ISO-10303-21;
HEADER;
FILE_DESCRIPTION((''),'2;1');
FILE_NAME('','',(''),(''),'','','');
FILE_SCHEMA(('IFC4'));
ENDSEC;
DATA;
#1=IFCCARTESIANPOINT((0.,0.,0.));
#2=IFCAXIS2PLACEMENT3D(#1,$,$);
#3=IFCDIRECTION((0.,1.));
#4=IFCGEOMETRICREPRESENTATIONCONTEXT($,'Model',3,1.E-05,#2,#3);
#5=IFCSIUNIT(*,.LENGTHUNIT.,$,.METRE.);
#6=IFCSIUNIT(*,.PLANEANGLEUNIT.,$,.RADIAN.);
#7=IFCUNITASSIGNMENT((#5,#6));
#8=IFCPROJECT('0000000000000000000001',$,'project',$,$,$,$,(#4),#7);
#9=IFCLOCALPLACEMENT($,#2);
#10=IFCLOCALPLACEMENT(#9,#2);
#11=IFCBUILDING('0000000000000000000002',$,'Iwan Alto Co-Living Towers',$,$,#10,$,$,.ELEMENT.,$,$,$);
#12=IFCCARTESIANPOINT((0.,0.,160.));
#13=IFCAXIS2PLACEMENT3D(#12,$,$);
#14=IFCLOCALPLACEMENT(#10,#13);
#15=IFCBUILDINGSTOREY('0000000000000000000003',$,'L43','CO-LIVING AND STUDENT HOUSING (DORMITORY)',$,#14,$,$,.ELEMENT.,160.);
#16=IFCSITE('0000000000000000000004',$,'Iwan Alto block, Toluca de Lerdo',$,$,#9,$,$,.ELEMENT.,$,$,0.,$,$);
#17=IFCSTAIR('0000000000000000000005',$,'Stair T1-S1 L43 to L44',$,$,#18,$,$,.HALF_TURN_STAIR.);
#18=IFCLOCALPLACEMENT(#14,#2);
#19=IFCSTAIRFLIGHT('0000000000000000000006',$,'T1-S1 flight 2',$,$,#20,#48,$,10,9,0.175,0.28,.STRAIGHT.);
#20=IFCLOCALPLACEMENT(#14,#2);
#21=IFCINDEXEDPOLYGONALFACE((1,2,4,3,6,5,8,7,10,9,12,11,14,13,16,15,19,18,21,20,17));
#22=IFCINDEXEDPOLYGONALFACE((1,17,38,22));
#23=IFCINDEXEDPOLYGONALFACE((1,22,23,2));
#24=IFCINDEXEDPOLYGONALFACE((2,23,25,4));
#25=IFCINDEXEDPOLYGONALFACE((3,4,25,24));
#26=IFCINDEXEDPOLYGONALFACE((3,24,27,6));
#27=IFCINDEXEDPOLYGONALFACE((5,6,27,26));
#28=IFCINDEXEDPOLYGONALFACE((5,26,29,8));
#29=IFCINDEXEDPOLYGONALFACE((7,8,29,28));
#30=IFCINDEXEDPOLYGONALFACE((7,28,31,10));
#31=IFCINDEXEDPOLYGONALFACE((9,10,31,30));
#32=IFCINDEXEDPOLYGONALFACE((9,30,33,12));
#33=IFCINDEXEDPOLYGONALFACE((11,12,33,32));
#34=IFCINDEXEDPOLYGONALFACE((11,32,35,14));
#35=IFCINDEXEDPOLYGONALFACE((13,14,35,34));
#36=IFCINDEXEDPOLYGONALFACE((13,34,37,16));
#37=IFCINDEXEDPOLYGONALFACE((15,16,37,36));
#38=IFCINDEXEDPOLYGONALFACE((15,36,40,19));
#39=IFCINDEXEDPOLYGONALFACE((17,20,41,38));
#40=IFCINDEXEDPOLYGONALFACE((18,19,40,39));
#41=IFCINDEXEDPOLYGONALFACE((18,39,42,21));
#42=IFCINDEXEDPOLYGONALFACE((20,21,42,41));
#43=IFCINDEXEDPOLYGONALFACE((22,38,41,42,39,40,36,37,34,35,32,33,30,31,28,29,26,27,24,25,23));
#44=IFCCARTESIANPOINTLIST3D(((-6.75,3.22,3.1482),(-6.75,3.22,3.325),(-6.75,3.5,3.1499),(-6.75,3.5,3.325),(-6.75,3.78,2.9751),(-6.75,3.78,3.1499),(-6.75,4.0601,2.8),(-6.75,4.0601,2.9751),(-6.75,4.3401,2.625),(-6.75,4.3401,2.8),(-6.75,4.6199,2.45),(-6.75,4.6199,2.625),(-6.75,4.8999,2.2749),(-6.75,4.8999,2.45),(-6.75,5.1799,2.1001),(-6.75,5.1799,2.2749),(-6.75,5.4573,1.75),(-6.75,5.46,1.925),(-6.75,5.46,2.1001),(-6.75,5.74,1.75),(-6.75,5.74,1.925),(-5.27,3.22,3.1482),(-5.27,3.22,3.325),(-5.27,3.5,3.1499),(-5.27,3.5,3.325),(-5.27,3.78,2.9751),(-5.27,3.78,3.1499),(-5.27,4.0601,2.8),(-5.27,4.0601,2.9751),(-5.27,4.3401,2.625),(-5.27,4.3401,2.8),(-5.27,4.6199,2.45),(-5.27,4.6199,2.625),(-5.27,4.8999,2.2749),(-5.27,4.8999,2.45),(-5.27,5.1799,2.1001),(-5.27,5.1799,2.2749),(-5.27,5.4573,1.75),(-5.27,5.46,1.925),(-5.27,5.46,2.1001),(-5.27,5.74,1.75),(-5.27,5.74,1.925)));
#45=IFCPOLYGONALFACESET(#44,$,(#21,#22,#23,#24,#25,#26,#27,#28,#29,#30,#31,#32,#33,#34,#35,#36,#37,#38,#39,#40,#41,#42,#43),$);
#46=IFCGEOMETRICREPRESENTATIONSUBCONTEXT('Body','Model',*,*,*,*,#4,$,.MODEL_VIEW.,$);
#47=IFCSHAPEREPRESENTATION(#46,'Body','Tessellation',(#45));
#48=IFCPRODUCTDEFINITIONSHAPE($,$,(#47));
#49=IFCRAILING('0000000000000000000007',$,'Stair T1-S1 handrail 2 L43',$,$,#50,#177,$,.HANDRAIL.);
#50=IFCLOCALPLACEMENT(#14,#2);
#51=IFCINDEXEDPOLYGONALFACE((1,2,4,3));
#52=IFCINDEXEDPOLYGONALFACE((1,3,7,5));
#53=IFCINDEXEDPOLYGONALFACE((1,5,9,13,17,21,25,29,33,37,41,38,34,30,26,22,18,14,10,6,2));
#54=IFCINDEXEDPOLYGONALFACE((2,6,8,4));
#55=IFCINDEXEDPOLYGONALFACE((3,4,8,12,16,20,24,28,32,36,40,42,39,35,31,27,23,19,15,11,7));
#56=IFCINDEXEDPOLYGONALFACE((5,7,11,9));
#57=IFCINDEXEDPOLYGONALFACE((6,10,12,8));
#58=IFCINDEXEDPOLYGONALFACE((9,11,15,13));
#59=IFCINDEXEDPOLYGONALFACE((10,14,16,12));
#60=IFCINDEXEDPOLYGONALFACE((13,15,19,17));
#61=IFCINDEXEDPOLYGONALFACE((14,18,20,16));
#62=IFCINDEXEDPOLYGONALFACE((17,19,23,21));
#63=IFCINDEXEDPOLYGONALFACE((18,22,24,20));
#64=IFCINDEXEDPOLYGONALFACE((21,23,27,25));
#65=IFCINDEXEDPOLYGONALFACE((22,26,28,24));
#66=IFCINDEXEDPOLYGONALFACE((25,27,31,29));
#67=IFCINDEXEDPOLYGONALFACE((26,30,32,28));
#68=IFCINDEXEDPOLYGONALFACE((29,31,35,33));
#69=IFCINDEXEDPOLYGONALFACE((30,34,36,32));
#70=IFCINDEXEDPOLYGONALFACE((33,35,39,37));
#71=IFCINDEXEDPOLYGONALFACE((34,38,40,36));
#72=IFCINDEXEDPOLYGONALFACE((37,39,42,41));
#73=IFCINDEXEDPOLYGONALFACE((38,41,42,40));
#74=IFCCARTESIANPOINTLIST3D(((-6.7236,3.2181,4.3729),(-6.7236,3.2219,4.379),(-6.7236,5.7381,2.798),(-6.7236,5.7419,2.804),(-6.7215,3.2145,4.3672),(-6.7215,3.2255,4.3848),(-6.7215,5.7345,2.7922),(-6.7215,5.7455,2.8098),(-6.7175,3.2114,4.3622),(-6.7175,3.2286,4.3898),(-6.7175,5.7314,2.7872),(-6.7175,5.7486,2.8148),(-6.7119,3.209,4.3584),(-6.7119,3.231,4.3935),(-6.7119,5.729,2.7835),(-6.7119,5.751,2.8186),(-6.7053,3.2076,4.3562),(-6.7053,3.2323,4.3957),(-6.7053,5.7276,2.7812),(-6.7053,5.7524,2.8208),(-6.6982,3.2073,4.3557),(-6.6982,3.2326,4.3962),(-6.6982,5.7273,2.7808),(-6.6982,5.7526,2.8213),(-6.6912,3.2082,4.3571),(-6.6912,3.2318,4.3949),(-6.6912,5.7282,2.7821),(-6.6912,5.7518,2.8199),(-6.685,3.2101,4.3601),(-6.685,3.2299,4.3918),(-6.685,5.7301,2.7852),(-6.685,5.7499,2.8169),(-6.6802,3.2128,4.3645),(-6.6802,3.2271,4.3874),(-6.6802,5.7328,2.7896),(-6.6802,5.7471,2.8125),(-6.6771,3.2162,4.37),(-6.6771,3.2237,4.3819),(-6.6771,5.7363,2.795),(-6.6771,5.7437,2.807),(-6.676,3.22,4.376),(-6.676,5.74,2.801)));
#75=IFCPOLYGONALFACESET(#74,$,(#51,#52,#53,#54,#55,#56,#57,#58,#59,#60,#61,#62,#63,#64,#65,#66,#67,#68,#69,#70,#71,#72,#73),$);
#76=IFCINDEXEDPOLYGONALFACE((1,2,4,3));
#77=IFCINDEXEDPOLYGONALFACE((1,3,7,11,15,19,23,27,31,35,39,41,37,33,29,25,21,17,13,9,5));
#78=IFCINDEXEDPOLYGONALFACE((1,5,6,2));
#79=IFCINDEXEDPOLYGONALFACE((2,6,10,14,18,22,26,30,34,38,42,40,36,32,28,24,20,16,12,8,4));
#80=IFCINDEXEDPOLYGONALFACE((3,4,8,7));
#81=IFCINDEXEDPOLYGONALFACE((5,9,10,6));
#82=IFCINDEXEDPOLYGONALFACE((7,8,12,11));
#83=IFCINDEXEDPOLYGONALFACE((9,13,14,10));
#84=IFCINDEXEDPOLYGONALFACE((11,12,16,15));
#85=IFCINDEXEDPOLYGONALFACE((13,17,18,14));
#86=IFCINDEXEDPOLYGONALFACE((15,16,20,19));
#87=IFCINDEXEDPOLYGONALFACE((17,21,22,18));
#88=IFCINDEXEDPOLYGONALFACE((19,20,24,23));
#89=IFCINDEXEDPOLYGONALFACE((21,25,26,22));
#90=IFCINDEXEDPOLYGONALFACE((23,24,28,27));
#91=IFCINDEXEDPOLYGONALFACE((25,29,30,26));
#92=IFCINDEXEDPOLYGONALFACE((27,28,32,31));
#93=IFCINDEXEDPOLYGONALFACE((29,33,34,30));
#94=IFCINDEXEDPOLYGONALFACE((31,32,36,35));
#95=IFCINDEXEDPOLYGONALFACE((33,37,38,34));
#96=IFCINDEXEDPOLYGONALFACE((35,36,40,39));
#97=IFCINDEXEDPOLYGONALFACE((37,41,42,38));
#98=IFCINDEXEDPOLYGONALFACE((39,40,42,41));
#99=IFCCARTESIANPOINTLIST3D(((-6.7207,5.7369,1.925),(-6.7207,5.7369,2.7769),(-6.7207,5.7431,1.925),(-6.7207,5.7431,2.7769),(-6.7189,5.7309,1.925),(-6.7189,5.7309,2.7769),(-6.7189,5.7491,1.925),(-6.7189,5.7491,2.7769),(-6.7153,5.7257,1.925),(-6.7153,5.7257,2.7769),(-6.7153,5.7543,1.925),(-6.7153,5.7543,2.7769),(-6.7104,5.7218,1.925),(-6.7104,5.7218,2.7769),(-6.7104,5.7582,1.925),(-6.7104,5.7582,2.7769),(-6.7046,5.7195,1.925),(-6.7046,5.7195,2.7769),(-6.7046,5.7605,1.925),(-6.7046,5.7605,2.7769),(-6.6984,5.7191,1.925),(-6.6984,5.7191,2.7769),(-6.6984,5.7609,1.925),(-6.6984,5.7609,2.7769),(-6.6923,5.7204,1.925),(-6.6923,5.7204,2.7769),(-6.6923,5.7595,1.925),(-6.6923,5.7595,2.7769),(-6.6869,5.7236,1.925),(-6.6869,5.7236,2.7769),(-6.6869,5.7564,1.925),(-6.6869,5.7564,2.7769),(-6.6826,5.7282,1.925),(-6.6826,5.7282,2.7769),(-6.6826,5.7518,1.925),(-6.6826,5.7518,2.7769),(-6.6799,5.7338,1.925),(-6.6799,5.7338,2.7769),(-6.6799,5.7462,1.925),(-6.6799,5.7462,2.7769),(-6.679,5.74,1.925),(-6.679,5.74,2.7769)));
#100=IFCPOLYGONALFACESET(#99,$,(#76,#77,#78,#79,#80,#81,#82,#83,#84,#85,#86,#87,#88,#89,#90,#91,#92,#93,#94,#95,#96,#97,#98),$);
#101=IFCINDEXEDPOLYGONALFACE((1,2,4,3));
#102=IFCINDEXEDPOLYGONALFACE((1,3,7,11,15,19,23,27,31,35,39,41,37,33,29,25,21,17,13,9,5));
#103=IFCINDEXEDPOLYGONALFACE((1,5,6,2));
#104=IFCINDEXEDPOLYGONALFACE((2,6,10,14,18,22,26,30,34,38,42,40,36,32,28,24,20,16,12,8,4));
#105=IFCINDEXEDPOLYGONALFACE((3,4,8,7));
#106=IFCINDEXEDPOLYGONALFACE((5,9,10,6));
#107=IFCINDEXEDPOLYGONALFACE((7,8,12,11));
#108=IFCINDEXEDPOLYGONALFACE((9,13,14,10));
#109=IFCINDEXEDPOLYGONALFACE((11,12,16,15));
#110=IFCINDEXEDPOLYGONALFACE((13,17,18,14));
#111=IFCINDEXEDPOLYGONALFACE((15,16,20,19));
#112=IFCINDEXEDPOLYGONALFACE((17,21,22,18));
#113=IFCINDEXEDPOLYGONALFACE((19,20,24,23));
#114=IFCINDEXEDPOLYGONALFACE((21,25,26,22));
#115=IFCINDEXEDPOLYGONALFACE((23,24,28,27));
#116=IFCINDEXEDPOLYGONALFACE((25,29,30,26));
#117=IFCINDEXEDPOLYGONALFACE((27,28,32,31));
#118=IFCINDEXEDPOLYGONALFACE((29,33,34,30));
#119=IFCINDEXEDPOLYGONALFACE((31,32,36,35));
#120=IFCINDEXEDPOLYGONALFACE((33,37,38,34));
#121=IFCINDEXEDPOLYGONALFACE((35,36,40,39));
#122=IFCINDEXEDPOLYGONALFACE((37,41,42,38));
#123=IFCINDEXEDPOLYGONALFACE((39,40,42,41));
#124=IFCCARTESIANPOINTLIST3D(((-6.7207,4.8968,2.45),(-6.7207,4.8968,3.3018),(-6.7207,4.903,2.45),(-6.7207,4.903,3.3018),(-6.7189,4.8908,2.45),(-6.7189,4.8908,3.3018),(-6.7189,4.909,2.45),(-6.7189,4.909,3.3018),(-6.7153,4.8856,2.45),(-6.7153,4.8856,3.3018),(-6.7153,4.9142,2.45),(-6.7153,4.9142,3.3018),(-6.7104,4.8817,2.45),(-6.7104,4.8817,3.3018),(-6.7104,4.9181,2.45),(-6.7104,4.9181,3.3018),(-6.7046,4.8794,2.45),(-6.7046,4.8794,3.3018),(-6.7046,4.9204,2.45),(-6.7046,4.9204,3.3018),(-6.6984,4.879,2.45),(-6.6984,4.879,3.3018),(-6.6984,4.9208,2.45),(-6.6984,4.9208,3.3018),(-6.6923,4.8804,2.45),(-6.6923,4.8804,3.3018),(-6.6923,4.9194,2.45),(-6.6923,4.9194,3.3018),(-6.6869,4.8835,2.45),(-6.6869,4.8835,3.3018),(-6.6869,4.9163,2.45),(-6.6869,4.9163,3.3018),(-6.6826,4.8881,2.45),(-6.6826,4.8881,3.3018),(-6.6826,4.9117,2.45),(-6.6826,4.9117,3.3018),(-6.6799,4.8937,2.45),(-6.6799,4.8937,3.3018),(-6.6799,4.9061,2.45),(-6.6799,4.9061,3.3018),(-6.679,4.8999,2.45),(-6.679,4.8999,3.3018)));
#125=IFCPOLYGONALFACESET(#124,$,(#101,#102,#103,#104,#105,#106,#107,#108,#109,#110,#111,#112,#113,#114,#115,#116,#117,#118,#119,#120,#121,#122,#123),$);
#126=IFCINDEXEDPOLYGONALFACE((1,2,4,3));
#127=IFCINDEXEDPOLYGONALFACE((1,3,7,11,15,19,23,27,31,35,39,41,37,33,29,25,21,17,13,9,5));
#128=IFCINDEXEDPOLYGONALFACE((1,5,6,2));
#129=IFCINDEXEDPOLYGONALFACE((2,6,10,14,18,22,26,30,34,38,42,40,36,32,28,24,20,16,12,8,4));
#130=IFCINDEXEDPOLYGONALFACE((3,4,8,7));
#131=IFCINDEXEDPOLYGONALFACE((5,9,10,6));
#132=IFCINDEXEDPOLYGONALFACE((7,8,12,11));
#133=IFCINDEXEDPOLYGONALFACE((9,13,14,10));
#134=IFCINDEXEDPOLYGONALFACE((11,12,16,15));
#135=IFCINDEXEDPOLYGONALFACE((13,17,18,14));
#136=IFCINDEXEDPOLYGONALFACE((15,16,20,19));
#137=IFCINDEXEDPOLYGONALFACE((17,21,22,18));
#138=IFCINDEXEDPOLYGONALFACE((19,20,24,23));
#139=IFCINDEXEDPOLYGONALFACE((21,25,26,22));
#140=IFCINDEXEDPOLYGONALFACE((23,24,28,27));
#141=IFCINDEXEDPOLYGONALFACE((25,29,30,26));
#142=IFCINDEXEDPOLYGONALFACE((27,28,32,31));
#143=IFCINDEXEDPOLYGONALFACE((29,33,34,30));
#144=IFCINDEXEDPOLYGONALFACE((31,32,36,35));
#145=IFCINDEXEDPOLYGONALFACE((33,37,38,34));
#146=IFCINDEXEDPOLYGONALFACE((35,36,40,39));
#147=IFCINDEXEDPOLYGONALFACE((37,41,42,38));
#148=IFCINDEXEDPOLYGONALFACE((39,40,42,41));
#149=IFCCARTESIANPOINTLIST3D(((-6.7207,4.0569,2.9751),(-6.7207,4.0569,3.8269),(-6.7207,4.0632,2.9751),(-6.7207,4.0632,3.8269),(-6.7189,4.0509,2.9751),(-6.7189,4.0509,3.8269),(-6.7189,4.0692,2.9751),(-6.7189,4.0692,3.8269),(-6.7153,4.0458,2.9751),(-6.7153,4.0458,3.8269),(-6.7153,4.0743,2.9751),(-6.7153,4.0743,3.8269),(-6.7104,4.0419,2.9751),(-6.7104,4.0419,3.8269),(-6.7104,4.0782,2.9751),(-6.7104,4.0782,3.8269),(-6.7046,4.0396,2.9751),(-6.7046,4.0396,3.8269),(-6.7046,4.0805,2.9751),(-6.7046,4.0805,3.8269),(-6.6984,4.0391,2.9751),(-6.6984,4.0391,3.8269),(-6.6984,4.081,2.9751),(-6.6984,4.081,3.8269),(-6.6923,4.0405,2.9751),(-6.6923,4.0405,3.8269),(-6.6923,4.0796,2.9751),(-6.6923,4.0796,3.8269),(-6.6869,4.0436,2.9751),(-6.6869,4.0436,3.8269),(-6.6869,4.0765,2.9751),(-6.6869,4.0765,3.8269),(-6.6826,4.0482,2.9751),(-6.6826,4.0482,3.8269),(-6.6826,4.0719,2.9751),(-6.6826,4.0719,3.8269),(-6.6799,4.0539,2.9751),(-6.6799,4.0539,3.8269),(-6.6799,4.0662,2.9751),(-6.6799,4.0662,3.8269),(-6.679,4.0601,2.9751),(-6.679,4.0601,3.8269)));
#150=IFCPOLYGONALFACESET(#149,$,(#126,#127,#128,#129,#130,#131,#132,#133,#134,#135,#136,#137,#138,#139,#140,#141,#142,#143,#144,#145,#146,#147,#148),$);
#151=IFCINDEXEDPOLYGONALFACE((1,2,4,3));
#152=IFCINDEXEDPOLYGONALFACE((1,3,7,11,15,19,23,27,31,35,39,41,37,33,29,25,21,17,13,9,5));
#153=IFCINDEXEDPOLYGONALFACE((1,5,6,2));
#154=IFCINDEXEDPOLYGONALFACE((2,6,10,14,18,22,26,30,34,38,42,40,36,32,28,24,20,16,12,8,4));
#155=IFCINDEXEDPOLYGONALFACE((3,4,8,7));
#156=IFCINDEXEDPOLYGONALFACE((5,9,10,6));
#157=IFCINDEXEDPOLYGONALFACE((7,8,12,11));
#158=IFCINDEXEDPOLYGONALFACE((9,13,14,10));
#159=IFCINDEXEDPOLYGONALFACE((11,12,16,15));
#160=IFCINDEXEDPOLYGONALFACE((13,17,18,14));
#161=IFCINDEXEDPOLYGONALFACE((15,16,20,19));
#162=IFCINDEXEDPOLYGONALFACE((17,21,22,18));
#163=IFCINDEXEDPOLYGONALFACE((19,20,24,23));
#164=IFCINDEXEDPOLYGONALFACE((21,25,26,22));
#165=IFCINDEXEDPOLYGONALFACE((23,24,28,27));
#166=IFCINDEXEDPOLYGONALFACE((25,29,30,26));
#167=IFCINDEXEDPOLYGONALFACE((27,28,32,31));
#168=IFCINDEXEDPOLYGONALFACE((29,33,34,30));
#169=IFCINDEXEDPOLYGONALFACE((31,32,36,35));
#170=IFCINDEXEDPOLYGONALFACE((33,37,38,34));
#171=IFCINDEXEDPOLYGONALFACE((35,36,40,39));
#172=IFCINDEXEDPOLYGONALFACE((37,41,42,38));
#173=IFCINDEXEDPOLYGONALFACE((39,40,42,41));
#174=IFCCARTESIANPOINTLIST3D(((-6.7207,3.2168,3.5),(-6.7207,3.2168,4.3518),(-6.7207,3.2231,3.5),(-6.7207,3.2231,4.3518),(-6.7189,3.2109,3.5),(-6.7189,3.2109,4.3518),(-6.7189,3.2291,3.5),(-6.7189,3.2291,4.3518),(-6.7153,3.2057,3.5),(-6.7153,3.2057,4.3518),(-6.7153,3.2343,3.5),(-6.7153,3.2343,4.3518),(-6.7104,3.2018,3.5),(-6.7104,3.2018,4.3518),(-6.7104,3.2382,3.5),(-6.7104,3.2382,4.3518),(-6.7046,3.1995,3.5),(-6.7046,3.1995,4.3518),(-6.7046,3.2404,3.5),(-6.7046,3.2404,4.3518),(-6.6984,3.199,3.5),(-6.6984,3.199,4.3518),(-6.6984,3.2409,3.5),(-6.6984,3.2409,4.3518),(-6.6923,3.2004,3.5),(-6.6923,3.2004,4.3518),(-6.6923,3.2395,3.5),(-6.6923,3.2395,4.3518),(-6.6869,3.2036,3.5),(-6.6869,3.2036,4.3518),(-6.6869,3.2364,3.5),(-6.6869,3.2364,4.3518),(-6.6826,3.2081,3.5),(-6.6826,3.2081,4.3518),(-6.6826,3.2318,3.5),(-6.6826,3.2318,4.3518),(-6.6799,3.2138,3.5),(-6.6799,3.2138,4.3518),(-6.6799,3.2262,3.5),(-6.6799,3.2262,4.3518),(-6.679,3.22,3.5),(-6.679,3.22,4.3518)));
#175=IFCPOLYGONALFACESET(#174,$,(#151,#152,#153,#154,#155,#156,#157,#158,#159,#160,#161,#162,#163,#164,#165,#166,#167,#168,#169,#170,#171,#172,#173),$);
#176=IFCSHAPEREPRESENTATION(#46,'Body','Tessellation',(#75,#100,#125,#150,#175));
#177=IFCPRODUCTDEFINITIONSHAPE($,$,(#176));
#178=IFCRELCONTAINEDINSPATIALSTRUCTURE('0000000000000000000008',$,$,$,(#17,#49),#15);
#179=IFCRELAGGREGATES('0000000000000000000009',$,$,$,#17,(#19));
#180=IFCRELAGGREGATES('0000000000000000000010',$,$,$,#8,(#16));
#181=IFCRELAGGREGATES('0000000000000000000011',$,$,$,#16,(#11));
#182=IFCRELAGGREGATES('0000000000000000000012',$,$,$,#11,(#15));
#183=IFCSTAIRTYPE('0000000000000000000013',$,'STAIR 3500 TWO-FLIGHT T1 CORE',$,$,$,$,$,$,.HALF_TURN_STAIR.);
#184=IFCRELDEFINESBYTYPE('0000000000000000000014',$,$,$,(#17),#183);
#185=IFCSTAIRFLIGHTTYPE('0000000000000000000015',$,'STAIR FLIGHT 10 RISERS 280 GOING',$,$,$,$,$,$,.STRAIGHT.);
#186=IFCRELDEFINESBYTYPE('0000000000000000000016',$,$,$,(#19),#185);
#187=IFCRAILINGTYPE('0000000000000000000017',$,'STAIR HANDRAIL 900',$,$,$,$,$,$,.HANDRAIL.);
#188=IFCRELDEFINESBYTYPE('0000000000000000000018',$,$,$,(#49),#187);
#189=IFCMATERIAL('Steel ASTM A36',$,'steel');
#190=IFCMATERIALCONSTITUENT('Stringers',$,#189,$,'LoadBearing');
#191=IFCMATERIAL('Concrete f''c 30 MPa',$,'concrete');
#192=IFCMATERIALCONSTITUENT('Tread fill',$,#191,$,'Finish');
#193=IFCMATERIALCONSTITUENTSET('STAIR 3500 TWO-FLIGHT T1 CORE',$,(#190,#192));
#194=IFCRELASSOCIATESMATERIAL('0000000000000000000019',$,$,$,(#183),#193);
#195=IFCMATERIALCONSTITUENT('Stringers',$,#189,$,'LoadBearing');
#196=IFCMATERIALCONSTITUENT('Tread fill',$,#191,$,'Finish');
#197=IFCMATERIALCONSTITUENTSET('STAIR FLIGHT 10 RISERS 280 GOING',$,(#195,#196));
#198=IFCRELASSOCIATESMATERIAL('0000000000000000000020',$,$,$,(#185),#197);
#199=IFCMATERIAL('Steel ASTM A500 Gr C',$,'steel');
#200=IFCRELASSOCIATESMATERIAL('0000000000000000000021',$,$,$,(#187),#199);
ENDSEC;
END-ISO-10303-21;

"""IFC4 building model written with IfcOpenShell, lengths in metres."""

from ifc_helpers import new_model, si_unit, direction, frame, origin, origin_2d, place, context, subcontext, project, spatial, polyline, circle, outline, extrude, material, constituent, constituent_set, type_object, element, aggregate, save


model = new_model("IFC4")

# Units and contexts
model_context = context("Model", 3, precision=1e-05, world=origin(), true_north=direction((0.0, 1.0)))
body_context = subcontext(model_context, "Body", "Model", "MODEL_VIEW")
ifc_project = project(units=[si_unit("LENGTHUNIT", "METRE"), si_unit("PLANEANGLEUNIT", "RADIAN")], contexts=[model_context])

# Site, building, storey
site_placement = place(None, origin())
site = spatial("IfcSite", under=ifc_project, at=site_placement, Name="Iwan Alto block, Toluca de Lerdo", CompositionType="ELEMENT", RefElevation=0.0)
building_placement = place(site_placement, origin())
building = spatial("IfcBuilding", under=site, at=building_placement, Name="Iwan Alto Co-Living Towers", CompositionType="ELEMENT")
storey_placement = place(building_placement, frame((0.0, 0.0, 160.0)))
storey = spatial("IfcBuildingStorey", under=building, at=storey_placement, Name="L43", Description="CO-LIVING AND STUDENT HOUSING (DORMITORY)", CompositionType="ELEMENT", Elevation=160.0)

# Stair, stair flight
ifc_material_1 = material(Name="Steel ASTM A36", Category="steel")
ifc_constituent_1 = constituent(ifc_material_1, Name="Stringers", Category="LoadBearing")
ifc_material_2 = material(Name="Concrete f'c 30 MPa", Category="concrete")
ifc_constituent_2 = constituent(ifc_material_2, Name="Tread fill", Category="Finish")
ifc_constituent_set_1 = constituent_set(constituents=[ifc_constituent_1, ifc_constituent_2], Name="STAIR 3500 TWO-FLIGHT T1 CORE")
stair_type = type_object("IfcStairType", Name="STAIR 3500 TWO-FLIGHT T1 CORE", PredefinedType="HALF_TURN_STAIR", material=ifc_constituent_set_1)
stair_placement = place(storey_placement, origin())
stair = element("IfcStair", 1, at=stair_placement, inside=storey, type_object=stair_type, Name="Stair T1-S1 L43 to L44", PredefinedType="HALF_TURN_STAIR")
ifc_constituent_3 = constituent(ifc_material_1, Name="Stringers", Category="LoadBearing")
ifc_constituent_4 = constituent(ifc_material_2, Name="Tread fill", Category="Finish")
ifc_constituent_set_2 = constituent_set(constituents=[ifc_constituent_3, ifc_constituent_4], Name="STAIR FLIGHT 10 RISERS 280 GOING")
stair_flight_type = type_object("IfcStairFlightType", Name="STAIR FLIGHT 10 RISERS 280 GOING", PredefinedType="STRAIGHT", material=ifc_constituent_set_2)
stair_flight_placement = place(storey_placement, frame((-6.01, 5.74, 1.75), z_axis=(0.0, 0.0, 1.0), x_axis=(0.0, -1.0, 0.0)))
stair_flight = element("IfcStairFlight", 2, at=stair_flight_placement, type_object=stair_flight_type, Name="T1-S1 flight 2", NumberOfRisers=10, NumberOfTreads=9, PredefinedType="STRAIGHT", RiserHeight=0.175, TreadLength=0.28, context=body_context, shape_type="SweptSolid", body=[
    extrude(outline(polyline([(0.0, 0.0), (0.0, 0.175), (0.28, 0.175), (0.28, 0.3501), (0.5601, 0.3501), (0.5601, 0.5249), (0.8401, 0.5249), (0.8401, 0.7), (1.1201, 0.7), (1.1201, 0.875), (1.3999, 0.875), (1.3999, 1.05), (1.6799, 1.05), (1.6799, 1.2251), (1.96, 1.2251), (1.96, 1.3999), (2.24, 1.3999), (2.24, 1.575), (2.52, 1.575), (2.52, 1.75), (2.52, 1.3982), (0.2827, 0.0), (0.0, 0.0)])), frame((0.0, 0.74, 0.0), z_axis=(0.0, -1.0, 0.0), x_axis=(1.0, 0.0, 0.0)), (0.0, 0.0, 1.0), 1.48),
])
aggregate(stair, [stair_flight])

# Railing
ifc_material_3 = material(Name="Steel ASTM A500 Gr C", Category="steel")
railing_type = type_object("IfcRailingType", Name="STAIR HANDRAIL 900", PredefinedType="HANDRAIL", material=ifc_material_3)
railing_placement = place(storey_placement, frame((-6.7, 5.74, 1.925)))
element("IfcRailing", 3, at=railing_placement, inside=storey, type_object=railing_type, Name="Stair T1-S1 handrail 2 L43", PredefinedType="HANDRAIL", context=body_context, shape_type="SweptSolid", body=[
    extrude(circle(Radius=0.0239, at=origin_2d()), frame((0.0, 0.0, 0.876), z_axis=(0.0, -0.848008, 0.529984), x_axis=(1.0, 0.0, 0.0)), (0.0, 0.0, 1.0), 2.9717),
    extrude(circle(Radius=0.021, at=origin_2d()), origin(), (0.0, 0.0, 1.0), 0.8518),
    extrude(circle(Radius=0.021, at=origin_2d()), frame((0.0, -0.8401, 0.5249)), (0.0, 0.0, 1.0), 0.8518),
    extrude(circle(Radius=0.021, at=origin_2d()), frame((0.0, -1.6799, 1.05)), (0.0, 0.0, 1.0), 0.8518),
    extrude(circle(Radius=0.021, at=origin_2d()), frame((0.0, -2.52, 1.575)), (0.0, 0.0, 1.0), 0.8518),
])

save(model, "model.ifc")
